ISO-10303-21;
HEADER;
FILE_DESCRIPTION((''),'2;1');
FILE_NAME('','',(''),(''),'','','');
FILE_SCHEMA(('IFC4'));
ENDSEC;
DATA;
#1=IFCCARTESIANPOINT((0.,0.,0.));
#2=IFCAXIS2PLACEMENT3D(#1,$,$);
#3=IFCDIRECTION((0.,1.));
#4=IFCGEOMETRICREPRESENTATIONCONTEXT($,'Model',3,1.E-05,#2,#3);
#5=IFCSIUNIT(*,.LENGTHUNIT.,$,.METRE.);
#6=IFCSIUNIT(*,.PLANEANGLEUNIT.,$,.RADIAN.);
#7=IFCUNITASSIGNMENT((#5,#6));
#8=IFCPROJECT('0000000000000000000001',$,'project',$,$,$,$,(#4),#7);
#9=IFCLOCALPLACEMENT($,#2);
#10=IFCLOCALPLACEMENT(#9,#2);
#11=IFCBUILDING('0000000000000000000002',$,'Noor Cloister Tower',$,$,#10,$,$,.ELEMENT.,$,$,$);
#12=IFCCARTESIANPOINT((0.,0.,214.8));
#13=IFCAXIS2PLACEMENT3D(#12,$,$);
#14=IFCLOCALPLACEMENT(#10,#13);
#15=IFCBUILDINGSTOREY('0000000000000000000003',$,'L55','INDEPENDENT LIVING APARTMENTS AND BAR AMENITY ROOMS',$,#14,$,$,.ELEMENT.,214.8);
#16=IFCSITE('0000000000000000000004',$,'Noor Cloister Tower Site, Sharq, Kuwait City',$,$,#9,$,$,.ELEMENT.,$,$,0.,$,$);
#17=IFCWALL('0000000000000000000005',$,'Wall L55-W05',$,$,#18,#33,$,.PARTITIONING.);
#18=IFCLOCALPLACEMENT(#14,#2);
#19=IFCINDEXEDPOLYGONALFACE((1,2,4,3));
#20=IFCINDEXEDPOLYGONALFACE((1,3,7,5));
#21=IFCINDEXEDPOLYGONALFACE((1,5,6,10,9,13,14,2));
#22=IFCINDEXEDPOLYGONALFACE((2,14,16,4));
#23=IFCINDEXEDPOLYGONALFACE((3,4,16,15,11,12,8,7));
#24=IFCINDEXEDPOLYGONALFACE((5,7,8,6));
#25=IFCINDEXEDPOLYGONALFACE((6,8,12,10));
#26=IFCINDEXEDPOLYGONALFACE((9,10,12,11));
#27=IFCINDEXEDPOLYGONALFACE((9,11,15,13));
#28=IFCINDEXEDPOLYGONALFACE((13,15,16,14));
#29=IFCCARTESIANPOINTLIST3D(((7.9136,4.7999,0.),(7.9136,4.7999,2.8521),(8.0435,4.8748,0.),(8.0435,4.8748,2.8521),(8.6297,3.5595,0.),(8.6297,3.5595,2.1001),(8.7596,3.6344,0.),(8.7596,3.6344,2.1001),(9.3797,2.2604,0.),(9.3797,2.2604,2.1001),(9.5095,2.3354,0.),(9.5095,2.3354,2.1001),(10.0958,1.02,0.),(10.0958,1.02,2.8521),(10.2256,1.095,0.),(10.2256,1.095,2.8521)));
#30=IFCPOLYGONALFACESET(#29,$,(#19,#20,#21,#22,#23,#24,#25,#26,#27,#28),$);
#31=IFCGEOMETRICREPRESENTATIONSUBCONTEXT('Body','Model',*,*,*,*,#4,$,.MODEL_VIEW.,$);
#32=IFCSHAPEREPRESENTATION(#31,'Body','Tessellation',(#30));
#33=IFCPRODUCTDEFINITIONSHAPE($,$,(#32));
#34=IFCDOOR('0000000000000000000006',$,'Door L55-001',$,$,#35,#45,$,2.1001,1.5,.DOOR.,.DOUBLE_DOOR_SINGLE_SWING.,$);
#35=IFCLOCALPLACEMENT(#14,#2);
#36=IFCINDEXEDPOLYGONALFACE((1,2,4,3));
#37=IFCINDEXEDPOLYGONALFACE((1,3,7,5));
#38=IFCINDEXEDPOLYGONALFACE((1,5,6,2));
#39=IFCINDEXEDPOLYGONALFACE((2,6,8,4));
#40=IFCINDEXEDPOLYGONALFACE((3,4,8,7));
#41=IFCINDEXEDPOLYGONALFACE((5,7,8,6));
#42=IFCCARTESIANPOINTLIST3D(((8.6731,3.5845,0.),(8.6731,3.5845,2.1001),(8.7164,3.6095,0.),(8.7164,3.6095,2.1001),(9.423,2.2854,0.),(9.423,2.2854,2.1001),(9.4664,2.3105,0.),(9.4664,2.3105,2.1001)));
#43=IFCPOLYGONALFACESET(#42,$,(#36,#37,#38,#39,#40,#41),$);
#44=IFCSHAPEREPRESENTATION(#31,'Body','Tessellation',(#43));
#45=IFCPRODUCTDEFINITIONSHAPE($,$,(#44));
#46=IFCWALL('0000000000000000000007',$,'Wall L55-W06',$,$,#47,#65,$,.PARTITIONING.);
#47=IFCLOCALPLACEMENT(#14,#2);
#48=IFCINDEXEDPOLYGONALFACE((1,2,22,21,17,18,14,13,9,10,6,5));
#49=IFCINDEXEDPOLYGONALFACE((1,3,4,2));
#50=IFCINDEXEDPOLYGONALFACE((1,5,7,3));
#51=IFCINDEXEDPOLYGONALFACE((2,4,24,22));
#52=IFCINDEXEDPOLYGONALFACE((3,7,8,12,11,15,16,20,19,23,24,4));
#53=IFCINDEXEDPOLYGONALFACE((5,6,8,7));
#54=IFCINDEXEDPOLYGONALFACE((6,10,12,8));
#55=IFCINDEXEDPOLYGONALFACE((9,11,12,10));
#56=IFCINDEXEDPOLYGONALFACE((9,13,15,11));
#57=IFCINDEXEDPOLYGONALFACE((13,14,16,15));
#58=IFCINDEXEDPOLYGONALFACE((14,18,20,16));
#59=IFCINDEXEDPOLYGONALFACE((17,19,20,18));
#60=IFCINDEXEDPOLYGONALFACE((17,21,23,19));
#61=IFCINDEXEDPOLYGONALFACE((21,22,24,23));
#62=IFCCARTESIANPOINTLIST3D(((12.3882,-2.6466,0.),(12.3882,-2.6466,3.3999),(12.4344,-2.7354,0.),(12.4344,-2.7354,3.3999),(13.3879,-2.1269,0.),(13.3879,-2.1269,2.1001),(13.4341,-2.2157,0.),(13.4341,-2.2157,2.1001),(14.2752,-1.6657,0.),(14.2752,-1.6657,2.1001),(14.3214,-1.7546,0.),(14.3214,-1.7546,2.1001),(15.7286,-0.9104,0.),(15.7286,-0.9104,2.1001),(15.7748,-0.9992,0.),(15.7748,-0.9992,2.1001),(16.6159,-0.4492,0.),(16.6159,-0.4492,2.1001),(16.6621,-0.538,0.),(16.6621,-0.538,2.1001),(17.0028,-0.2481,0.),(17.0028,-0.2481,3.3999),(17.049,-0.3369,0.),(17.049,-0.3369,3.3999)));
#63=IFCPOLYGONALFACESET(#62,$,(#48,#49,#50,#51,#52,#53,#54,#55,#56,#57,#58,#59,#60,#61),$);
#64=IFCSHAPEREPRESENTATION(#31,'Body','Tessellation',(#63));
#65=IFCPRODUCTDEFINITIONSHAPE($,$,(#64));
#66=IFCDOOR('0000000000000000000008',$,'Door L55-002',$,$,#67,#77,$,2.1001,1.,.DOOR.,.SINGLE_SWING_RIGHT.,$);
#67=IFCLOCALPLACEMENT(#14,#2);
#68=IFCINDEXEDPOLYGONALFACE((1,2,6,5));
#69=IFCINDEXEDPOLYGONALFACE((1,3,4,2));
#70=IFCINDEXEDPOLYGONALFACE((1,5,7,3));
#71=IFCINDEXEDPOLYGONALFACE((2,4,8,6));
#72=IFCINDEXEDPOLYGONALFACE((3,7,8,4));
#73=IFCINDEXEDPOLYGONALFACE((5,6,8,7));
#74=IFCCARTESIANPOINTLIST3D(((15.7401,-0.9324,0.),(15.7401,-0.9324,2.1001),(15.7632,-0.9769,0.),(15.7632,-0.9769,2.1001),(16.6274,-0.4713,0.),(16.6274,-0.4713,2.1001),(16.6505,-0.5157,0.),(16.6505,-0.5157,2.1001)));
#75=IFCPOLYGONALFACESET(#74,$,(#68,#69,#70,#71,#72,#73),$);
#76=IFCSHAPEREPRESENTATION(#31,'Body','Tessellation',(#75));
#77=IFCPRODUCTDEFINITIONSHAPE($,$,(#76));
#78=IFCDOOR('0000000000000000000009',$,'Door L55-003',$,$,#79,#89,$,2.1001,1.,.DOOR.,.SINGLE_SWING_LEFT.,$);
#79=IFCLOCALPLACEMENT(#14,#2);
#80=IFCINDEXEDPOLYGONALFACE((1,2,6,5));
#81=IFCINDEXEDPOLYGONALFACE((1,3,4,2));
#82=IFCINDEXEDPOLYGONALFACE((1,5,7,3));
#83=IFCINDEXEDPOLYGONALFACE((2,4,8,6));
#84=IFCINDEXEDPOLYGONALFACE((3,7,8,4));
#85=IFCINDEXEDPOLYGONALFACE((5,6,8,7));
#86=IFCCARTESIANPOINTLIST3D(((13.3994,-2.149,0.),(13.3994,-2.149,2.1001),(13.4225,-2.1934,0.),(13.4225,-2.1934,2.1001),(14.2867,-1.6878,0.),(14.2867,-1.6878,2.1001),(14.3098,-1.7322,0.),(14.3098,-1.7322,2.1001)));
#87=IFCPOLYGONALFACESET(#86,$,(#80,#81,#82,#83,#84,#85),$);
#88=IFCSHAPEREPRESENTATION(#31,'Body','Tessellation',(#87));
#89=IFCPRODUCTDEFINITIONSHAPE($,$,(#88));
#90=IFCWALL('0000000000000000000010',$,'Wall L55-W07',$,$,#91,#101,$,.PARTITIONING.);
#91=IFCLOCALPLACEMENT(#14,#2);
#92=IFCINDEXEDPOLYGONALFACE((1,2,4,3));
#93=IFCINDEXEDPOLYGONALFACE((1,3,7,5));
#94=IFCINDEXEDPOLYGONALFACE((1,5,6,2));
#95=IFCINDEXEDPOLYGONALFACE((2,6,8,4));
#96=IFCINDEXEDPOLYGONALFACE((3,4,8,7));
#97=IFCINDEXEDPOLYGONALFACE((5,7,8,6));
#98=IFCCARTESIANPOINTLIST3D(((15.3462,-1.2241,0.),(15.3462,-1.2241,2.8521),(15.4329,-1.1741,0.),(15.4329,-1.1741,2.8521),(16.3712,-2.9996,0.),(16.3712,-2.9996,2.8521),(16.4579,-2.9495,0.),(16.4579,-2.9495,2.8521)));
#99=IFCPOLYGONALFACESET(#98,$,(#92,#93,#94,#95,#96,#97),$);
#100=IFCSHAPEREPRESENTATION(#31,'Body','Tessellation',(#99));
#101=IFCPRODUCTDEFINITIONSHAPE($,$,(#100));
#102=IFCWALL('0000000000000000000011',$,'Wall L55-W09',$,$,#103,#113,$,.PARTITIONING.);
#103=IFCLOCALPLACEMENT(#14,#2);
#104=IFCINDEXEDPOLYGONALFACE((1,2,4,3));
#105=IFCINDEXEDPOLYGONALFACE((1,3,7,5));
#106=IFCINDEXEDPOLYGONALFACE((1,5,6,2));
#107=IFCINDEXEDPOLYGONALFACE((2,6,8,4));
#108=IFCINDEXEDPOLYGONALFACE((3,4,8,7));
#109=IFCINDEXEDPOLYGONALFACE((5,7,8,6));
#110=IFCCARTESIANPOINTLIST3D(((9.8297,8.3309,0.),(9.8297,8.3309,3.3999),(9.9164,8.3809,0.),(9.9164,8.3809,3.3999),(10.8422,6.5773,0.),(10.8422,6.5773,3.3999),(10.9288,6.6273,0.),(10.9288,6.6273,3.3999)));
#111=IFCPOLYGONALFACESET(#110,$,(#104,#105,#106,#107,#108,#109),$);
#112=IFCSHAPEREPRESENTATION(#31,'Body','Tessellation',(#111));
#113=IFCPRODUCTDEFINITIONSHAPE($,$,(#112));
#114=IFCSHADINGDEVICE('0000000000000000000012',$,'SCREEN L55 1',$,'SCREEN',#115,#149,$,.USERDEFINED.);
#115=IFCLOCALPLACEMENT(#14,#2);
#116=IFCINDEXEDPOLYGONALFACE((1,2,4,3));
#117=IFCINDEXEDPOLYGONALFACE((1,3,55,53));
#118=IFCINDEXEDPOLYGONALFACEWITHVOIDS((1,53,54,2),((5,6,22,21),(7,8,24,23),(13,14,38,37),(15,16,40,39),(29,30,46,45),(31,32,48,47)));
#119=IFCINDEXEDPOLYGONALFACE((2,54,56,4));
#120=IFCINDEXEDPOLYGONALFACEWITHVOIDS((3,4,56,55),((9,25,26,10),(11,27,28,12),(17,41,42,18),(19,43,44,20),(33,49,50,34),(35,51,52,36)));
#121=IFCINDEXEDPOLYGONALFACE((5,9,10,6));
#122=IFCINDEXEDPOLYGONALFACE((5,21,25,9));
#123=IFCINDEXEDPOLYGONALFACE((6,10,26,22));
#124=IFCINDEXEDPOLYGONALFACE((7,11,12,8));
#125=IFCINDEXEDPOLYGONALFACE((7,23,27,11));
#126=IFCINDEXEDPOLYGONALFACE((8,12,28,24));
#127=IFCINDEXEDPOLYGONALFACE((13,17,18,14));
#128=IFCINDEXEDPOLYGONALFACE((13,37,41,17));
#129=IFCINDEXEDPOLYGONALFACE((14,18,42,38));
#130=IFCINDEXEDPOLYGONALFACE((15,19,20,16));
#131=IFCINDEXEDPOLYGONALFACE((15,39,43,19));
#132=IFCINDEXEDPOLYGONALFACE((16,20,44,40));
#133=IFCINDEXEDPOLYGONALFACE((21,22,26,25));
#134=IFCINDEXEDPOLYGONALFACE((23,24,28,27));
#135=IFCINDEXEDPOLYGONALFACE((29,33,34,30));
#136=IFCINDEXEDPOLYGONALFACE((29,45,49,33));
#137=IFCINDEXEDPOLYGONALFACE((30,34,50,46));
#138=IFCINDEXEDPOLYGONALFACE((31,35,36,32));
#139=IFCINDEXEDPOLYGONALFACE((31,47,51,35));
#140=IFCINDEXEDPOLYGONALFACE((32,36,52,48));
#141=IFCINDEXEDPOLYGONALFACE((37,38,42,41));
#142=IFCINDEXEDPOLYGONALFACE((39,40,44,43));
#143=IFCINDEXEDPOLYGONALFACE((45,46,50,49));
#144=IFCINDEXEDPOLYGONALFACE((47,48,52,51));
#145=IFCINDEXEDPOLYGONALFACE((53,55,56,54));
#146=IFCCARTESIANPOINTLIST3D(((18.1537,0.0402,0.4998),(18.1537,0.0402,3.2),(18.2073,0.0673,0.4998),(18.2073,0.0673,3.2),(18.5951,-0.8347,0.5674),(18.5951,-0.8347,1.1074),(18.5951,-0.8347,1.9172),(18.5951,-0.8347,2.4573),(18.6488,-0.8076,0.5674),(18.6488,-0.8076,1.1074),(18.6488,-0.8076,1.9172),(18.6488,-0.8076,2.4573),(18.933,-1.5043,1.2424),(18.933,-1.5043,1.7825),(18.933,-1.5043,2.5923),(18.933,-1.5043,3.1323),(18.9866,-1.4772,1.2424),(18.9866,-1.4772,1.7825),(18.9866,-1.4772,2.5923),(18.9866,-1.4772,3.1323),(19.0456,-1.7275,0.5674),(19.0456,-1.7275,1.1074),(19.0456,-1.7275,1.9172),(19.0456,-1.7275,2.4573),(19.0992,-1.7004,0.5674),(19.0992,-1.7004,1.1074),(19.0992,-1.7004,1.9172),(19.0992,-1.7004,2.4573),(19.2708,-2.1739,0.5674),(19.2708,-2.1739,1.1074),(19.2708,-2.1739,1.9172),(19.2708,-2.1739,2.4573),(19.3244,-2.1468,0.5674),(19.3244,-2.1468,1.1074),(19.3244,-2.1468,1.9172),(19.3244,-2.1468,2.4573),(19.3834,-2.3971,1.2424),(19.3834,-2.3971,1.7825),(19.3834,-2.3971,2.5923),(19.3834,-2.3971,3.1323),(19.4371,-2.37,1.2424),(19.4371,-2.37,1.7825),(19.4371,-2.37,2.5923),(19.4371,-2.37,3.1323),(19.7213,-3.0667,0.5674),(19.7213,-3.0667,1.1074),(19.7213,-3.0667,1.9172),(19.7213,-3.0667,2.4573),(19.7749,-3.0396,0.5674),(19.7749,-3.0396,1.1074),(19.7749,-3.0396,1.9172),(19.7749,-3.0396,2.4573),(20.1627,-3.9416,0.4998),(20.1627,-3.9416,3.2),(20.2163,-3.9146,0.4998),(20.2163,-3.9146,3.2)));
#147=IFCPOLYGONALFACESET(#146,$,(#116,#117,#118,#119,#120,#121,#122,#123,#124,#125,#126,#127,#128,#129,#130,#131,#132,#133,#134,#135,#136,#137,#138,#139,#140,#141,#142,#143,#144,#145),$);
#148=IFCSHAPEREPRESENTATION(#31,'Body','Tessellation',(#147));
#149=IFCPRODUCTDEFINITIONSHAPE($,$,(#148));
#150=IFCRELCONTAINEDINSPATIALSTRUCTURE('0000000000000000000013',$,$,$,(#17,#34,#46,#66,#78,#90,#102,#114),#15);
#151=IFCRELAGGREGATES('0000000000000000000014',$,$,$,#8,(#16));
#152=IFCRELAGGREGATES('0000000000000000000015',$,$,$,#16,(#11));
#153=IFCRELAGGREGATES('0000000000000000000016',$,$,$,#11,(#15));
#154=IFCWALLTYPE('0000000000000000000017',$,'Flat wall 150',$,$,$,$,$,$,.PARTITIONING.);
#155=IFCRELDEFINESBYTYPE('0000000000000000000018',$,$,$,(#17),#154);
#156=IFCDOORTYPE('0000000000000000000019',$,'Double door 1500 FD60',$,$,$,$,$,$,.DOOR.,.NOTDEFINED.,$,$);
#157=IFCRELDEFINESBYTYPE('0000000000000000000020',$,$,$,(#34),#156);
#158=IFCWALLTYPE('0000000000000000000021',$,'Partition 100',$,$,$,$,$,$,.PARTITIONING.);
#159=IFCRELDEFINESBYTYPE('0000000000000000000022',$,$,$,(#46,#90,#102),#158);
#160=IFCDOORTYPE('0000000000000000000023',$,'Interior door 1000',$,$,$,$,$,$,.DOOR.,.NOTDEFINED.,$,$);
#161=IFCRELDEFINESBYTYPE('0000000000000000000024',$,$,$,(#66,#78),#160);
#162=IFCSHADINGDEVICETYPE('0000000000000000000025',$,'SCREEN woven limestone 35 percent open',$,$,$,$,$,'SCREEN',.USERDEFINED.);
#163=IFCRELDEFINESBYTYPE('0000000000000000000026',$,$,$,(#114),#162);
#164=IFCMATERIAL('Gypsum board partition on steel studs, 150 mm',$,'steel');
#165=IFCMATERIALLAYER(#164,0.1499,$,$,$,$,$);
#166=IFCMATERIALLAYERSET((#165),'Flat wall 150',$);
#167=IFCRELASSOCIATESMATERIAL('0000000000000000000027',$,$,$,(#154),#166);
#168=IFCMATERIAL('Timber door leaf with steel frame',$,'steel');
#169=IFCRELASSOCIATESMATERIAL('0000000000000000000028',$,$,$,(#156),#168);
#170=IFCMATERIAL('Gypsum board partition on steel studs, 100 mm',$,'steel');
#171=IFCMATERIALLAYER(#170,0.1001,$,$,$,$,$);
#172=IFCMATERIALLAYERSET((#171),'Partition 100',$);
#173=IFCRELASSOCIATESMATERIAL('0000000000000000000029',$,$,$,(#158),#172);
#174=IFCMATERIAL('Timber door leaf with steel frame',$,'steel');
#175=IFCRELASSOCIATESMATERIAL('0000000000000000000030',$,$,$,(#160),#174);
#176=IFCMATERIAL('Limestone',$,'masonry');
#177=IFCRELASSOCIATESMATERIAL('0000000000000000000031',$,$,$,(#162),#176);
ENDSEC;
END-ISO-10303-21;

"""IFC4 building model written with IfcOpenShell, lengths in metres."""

from ifc_helpers import new_model, si_unit, direction, frame, frame_2d, origin, place, context, subcontext, project, spatial, polyline, rectangle, outline, extrude, material, layer, layer_set, material_profile, profile_set, type_object, element, fill, save


model = new_model("IFC4")

# Units and contexts
model_context = context("Model", 3, precision=1e-05, world=origin(), true_north=direction((0.0, 1.0)))
body_context = subcontext(model_context, "Body", "Model", "MODEL_VIEW")
ifc_project = project(units=[si_unit("LENGTHUNIT", "METRE"), si_unit("PLANEANGLEUNIT", "RADIAN")], contexts=[model_context])

# Site, building, storey
site_placement = place(None, origin())
site = spatial("IfcSite", under=ifc_project, at=site_placement, Name="Noor Cloister Tower Site, Sharq, Kuwait City", CompositionType="ELEMENT", RefElevation=0.0)
building_placement = place(site_placement, origin())
building = spatial("IfcBuilding", under=site, at=building_placement, Name="Noor Cloister Tower", CompositionType="ELEMENT")
storey_placement = place(building_placement, frame((0.0, 0.0, 214.8)))
storey = spatial("IfcBuildingStorey", under=building, at=storey_placement, Name="L55", Description="INDEPENDENT LIVING APARTMENTS AND BAR AMENITY ROOMS", CompositionType="ELEMENT", Elevation=214.8)

# Wall, opening, door
ifc_material_1 = material(Name="Gypsum board partition on steel studs, 150 mm", Category="steel")
ifc_layer_1 = layer(ifc_material_1, 0.1499)
ifc_layer_set_1 = layer_set([ifc_layer_1], Name="Flat wall 150")
wall_type_1 = type_object("IfcWallType", Name="Flat wall 150", PredefinedType="PARTITIONING", material=ifc_layer_set_1)
wall_1_placement = place(storey_placement, frame((10.1606, 1.0576, 0.0), z_axis=(0.0, 0.0, 1.0), x_axis=(-0.499977, 0.866038, 0.0)))
wall_1 = element("IfcWall", 1, at=wall_1_placement, inside=storey, type_object=wall_type_1, Name="Wall L55-W05", PredefinedType="PARTITIONING", context=body_context, shape_type="SweptSolid", body=[
    extrude(rectangle(XDim=4.3645, YDim=0.1499, at=frame_2d((2.1821, 0.0))), origin(), (0.0, 0.0, 1.0), 2.8521),
])
opening_1_placement = place(wall_1_placement, frame((1.4321, 0.0, 0.0)))
opening_1 = element("IfcOpeningElement", 2, at=opening_1_placement, cuts=wall_1, PredefinedType="OPENING", context=body_context, shape_type="SweptSolid", body=[
    extrude(rectangle(XDim=1.5, YDim=2.1001, at=frame_2d((0.75, 1.05))), frame((0.0, 0.085, 0.0), z_axis=(0.0, -1.0, 0.0), x_axis=(1.0, 0.0, 0.0)), (0.0, 0.0, 1.0), 0.1699),
])
ifc_material_2 = material(Name="Timber door leaf with steel frame", Category="steel")
door_type_1 = type_object("IfcDoorType", Name="Double door 1500 FD60", OperationType="NOTDEFINED", PredefinedType="DOOR", material=ifc_material_2)
door_1_placement = place(opening_1_placement, origin())
door_1 = element("IfcDoor", 3, at=door_1_placement, inside=storey, type_object=door_type_1, Name="Door L55-001", OperationType="DOUBLE_DOOR_SINGLE_SWING", OverallHeight=2.1001, OverallWidth=1.5, PredefinedType="DOOR", context=body_context, shape_type="SweptSolid", body=[
    extrude(rectangle(XDim=1.5, YDim=2.1001, at=frame_2d((0.75, 1.05))), frame((0.0, 0.0249, 0.0), z_axis=(0.0, -1.0, 0.0), x_axis=(1.0, 0.0, 0.0)), (0.0, 0.0, 1.0), 0.05),
])
fill(opening_1, door_1)

# Wall, openings, doors
ifc_material_3 = material(Name="Gypsum board partition on steel studs, 100 mm", Category="steel")
ifc_layer_2 = layer(ifc_material_3, 0.1001)
ifc_layer_set_2 = layer_set([ifc_layer_2], Name="Partition 100")
wall_type_2 = type_object("IfcWallType", Name="Partition 100", PredefinedType="PARTITIONING", material=ifc_layer_set_2)
wall_2_placement = place(storey_placement, frame((17.0259, -0.2925, 0.0), z_axis=(0.0, 0.0, 1.0), x_axis=(-0.887304, -0.461186, 0.0)))
wall_2 = element("IfcWall", 4, at=wall_2_placement, inside=storey, type_object=wall_type_2, Name="Wall L55-W06", PredefinedType="PARTITIONING", context=body_context, shape_type="SweptSolid", body=[
    extrude(rectangle(XDim=5.2007, YDim=0.1001, at=frame_2d((2.6003, 0.0))), origin(), (0.0, 0.0, 1.0), 3.3999),
])
opening_2_placement = place(wall_2_placement, frame((0.436, 0.0, 0.0)))
opening_2 = element("IfcOpeningElement", 5, at=opening_2_placement, cuts=wall_2, PredefinedType="OPENING", context=body_context, shape_type="SweptSolid", body=[
    extrude(rectangle(XDim=1.0, YDim=2.1001, at=frame_2d((0.5, 1.05))), frame((0.0, 0.0601, 0.0), z_axis=(0.0, -1.0, 0.0), x_axis=(1.0, 0.0, 0.0)), (0.0, 0.0, 1.0), 0.1201),
])
opening_3_placement = place(wall_2_placement, frame((3.074, 0.0, 0.0)))
opening_3 = element("IfcOpeningElement", 6, at=opening_3_placement, cuts=wall_2, PredefinedType="OPENING", context=body_context, shape_type="SweptSolid", body=[
    extrude(rectangle(XDim=1.0, YDim=2.1001, at=frame_2d((0.5, 1.05))), frame((0.0, 0.0601, 0.0), z_axis=(0.0, -1.0, 0.0), x_axis=(1.0, 0.0, 0.0)), (0.0, 0.0, 1.0), 0.1201),
])
ifc_material_4 = material(Name="Timber door leaf with steel frame", Category="steel")
door_type_2 = type_object("IfcDoorType", Name="Interior door 1000", OperationType="NOTDEFINED", PredefinedType="DOOR", material=ifc_material_4)
door_2_placement = place(opening_2_placement, origin())
door_2 = element("IfcDoor", 7, at=door_2_placement, inside=storey, type_object=door_type_2, Name="Door L55-002", OperationType="SINGLE_SWING_RIGHT", OverallHeight=2.1001, OverallWidth=1.0, PredefinedType="DOOR", context=body_context, shape_type="SweptSolid", body=[
    extrude(rectangle(XDim=1.0, YDim=2.1001, at=frame_2d((0.5, 1.05))), frame((0.0, 0.0249, 0.0), z_axis=(0.0, -1.0, 0.0), x_axis=(1.0, 0.0, 0.0)), (0.0, 0.0, 1.0), 0.05),
])
fill(opening_2, door_2)
door_3_placement = place(opening_3_placement, origin())
door_3 = element("IfcDoor", 8, at=door_3_placement, inside=storey, type_object=door_type_2, Name="Door L55-003", OperationType="SINGLE_SWING_LEFT", OverallHeight=2.1001, OverallWidth=1.0, PredefinedType="DOOR", context=body_context, shape_type="SweptSolid", body=[
    extrude(rectangle(XDim=1.0, YDim=2.1001, at=frame_2d((0.5, 1.05))), frame((0.0, 0.0249, 0.0), z_axis=(0.0, -1.0, 0.0), x_axis=(1.0, 0.0, 0.0)), (0.0, 0.0, 1.0), 0.05),
])
fill(opening_3, door_3)

# Walls
wall_3_placement = place(storey_placement, frame((15.3896, -1.1992, 0.0), z_axis=(0.0, 0.0, 1.0), x_axis=(0.499956, -0.866051, 0.0)))
element("IfcWall", 9, at=wall_3_placement, inside=storey, type_object=wall_type_2, Name="Wall L55-W07", PredefinedType="PARTITIONING", context=body_context, shape_type="SweptSolid", body=[
    extrude(rectangle(XDim=2.05, YDim=0.1001, at=frame_2d((1.0249, 0.0))), origin(), (0.0, 0.0, 1.0), 2.8521),
])
wall_4_placement = place(storey_placement, frame((10.8855, 6.6023, 0.0), z_axis=(0.0, 0.0, 1.0), x_axis=(-0.49999, 0.866031, 0.0)))
element("IfcWall", 10, at=wall_4_placement, inside=storey, type_object=wall_type_2, Name="Wall L55-W09", PredefinedType="PARTITIONING", context=body_context, shape_type="SweptSolid", body=[
    extrude(rectangle(XDim=2.0249, YDim=0.1001, at=frame_2d((1.0125, 0.0))), origin(), (0.0, 0.0, 1.0), 3.3999),
])

# Shading device
ifc_material_5 = material(Name="Limestone", Category="masonry")
ifc_material_profile_1 = material_profile(ifc_material_5, outline(polyline([(-2.23, -1.3501), (2.23, -1.3501), (2.23, 1.3501), (-2.23, 1.3501), (-2.23, -1.3501)]), holes=[polyline([(-1.25, -1.2825), (-0.25, -1.2825), (-0.25, -0.7424), (-1.25, -0.7424), (-1.25, -1.2825)]), polyline([(0.25, -1.2825), (1.25, -1.2825), (1.25, -0.7424), (0.25, -0.7424), (0.25, -1.2825)]), polyline([(-0.5, -0.6074), (0.5, -0.6074), (0.5, -0.0674), (-0.5, -0.0674), (-0.5, -0.6074)]), polyline([(-1.25, 0.0674), (-0.25, 0.0674), (-0.25, 0.6074), (-1.25, 0.6074), (-1.25, 0.0674)]), polyline([(0.25, 0.0674), (1.25, 0.0674), (1.25, 0.6074), (0.25, 0.6074), (0.25, 0.0674)]), polyline([(-0.5, 0.7424), (0.5, 0.7424), (0.5, 1.2825), (-0.5, 1.2825), (-0.5, 0.7424)])]), Name="Woven screen 35 percent open")
ifc_profile_set_1 = profile_set([ifc_material_profile_1], Name="Limestone")
shading_device_type = type_object("IfcShadingDeviceType", Name="SCREEN woven limestone 35 percent open", ElementType="SCREEN", PredefinedType="USERDEFINED", material=ifc_profile_set_1)
shading_device_placement = place(storey_placement, frame((19.1582, -1.9507, 1.8499), z_axis=(0.892798, 0.450457, 0.0), x_axis=(-0.450457, 0.892798, 0.0)))
element("IfcShadingDevice", 11, at=shading_device_placement, inside=storey, type_object=shading_device_type, Name="SCREEN L55 1", ObjectType="SCREEN", PredefinedType="USERDEFINED", context=body_context, shape_type="SweptSolid", body=[
    extrude(outline(polyline([(-2.23, -1.3501), (2.23, -1.3501), (2.23, 1.3501), (-2.23, 1.3501), (-2.23, -1.3501)]), holes=[polyline([(-1.25, -1.2825), (-0.25, -1.2825), (-0.25, -0.7424), (-1.25, -0.7424), (-1.25, -1.2825)]), polyline([(0.25, -1.2825), (1.25, -1.2825), (1.25, -0.7424), (0.25, -0.7424), (0.25, -1.2825)]), polyline([(-0.5, -0.6074), (0.5, -0.6074), (0.5, -0.0674), (-0.5, -0.0674), (-0.5, -0.6074)]), polyline([(-1.25, 0.0674), (-0.25, 0.0674), (-0.25, 0.6074), (-1.25, 0.6074), (-1.25, 0.0674)]), polyline([(0.25, 0.0674), (1.25, 0.0674), (1.25, 0.6074), (0.25, 0.6074), (0.25, 0.0674)]), polyline([(-0.5, 0.7424), (0.5, 0.7424), (0.5, 1.2825), (-0.5, 1.2825), (-0.5, 0.7424)])]), origin(), (0.0, 0.0, 1.0), 0.0601),
])

save(model, "model.ifc")
